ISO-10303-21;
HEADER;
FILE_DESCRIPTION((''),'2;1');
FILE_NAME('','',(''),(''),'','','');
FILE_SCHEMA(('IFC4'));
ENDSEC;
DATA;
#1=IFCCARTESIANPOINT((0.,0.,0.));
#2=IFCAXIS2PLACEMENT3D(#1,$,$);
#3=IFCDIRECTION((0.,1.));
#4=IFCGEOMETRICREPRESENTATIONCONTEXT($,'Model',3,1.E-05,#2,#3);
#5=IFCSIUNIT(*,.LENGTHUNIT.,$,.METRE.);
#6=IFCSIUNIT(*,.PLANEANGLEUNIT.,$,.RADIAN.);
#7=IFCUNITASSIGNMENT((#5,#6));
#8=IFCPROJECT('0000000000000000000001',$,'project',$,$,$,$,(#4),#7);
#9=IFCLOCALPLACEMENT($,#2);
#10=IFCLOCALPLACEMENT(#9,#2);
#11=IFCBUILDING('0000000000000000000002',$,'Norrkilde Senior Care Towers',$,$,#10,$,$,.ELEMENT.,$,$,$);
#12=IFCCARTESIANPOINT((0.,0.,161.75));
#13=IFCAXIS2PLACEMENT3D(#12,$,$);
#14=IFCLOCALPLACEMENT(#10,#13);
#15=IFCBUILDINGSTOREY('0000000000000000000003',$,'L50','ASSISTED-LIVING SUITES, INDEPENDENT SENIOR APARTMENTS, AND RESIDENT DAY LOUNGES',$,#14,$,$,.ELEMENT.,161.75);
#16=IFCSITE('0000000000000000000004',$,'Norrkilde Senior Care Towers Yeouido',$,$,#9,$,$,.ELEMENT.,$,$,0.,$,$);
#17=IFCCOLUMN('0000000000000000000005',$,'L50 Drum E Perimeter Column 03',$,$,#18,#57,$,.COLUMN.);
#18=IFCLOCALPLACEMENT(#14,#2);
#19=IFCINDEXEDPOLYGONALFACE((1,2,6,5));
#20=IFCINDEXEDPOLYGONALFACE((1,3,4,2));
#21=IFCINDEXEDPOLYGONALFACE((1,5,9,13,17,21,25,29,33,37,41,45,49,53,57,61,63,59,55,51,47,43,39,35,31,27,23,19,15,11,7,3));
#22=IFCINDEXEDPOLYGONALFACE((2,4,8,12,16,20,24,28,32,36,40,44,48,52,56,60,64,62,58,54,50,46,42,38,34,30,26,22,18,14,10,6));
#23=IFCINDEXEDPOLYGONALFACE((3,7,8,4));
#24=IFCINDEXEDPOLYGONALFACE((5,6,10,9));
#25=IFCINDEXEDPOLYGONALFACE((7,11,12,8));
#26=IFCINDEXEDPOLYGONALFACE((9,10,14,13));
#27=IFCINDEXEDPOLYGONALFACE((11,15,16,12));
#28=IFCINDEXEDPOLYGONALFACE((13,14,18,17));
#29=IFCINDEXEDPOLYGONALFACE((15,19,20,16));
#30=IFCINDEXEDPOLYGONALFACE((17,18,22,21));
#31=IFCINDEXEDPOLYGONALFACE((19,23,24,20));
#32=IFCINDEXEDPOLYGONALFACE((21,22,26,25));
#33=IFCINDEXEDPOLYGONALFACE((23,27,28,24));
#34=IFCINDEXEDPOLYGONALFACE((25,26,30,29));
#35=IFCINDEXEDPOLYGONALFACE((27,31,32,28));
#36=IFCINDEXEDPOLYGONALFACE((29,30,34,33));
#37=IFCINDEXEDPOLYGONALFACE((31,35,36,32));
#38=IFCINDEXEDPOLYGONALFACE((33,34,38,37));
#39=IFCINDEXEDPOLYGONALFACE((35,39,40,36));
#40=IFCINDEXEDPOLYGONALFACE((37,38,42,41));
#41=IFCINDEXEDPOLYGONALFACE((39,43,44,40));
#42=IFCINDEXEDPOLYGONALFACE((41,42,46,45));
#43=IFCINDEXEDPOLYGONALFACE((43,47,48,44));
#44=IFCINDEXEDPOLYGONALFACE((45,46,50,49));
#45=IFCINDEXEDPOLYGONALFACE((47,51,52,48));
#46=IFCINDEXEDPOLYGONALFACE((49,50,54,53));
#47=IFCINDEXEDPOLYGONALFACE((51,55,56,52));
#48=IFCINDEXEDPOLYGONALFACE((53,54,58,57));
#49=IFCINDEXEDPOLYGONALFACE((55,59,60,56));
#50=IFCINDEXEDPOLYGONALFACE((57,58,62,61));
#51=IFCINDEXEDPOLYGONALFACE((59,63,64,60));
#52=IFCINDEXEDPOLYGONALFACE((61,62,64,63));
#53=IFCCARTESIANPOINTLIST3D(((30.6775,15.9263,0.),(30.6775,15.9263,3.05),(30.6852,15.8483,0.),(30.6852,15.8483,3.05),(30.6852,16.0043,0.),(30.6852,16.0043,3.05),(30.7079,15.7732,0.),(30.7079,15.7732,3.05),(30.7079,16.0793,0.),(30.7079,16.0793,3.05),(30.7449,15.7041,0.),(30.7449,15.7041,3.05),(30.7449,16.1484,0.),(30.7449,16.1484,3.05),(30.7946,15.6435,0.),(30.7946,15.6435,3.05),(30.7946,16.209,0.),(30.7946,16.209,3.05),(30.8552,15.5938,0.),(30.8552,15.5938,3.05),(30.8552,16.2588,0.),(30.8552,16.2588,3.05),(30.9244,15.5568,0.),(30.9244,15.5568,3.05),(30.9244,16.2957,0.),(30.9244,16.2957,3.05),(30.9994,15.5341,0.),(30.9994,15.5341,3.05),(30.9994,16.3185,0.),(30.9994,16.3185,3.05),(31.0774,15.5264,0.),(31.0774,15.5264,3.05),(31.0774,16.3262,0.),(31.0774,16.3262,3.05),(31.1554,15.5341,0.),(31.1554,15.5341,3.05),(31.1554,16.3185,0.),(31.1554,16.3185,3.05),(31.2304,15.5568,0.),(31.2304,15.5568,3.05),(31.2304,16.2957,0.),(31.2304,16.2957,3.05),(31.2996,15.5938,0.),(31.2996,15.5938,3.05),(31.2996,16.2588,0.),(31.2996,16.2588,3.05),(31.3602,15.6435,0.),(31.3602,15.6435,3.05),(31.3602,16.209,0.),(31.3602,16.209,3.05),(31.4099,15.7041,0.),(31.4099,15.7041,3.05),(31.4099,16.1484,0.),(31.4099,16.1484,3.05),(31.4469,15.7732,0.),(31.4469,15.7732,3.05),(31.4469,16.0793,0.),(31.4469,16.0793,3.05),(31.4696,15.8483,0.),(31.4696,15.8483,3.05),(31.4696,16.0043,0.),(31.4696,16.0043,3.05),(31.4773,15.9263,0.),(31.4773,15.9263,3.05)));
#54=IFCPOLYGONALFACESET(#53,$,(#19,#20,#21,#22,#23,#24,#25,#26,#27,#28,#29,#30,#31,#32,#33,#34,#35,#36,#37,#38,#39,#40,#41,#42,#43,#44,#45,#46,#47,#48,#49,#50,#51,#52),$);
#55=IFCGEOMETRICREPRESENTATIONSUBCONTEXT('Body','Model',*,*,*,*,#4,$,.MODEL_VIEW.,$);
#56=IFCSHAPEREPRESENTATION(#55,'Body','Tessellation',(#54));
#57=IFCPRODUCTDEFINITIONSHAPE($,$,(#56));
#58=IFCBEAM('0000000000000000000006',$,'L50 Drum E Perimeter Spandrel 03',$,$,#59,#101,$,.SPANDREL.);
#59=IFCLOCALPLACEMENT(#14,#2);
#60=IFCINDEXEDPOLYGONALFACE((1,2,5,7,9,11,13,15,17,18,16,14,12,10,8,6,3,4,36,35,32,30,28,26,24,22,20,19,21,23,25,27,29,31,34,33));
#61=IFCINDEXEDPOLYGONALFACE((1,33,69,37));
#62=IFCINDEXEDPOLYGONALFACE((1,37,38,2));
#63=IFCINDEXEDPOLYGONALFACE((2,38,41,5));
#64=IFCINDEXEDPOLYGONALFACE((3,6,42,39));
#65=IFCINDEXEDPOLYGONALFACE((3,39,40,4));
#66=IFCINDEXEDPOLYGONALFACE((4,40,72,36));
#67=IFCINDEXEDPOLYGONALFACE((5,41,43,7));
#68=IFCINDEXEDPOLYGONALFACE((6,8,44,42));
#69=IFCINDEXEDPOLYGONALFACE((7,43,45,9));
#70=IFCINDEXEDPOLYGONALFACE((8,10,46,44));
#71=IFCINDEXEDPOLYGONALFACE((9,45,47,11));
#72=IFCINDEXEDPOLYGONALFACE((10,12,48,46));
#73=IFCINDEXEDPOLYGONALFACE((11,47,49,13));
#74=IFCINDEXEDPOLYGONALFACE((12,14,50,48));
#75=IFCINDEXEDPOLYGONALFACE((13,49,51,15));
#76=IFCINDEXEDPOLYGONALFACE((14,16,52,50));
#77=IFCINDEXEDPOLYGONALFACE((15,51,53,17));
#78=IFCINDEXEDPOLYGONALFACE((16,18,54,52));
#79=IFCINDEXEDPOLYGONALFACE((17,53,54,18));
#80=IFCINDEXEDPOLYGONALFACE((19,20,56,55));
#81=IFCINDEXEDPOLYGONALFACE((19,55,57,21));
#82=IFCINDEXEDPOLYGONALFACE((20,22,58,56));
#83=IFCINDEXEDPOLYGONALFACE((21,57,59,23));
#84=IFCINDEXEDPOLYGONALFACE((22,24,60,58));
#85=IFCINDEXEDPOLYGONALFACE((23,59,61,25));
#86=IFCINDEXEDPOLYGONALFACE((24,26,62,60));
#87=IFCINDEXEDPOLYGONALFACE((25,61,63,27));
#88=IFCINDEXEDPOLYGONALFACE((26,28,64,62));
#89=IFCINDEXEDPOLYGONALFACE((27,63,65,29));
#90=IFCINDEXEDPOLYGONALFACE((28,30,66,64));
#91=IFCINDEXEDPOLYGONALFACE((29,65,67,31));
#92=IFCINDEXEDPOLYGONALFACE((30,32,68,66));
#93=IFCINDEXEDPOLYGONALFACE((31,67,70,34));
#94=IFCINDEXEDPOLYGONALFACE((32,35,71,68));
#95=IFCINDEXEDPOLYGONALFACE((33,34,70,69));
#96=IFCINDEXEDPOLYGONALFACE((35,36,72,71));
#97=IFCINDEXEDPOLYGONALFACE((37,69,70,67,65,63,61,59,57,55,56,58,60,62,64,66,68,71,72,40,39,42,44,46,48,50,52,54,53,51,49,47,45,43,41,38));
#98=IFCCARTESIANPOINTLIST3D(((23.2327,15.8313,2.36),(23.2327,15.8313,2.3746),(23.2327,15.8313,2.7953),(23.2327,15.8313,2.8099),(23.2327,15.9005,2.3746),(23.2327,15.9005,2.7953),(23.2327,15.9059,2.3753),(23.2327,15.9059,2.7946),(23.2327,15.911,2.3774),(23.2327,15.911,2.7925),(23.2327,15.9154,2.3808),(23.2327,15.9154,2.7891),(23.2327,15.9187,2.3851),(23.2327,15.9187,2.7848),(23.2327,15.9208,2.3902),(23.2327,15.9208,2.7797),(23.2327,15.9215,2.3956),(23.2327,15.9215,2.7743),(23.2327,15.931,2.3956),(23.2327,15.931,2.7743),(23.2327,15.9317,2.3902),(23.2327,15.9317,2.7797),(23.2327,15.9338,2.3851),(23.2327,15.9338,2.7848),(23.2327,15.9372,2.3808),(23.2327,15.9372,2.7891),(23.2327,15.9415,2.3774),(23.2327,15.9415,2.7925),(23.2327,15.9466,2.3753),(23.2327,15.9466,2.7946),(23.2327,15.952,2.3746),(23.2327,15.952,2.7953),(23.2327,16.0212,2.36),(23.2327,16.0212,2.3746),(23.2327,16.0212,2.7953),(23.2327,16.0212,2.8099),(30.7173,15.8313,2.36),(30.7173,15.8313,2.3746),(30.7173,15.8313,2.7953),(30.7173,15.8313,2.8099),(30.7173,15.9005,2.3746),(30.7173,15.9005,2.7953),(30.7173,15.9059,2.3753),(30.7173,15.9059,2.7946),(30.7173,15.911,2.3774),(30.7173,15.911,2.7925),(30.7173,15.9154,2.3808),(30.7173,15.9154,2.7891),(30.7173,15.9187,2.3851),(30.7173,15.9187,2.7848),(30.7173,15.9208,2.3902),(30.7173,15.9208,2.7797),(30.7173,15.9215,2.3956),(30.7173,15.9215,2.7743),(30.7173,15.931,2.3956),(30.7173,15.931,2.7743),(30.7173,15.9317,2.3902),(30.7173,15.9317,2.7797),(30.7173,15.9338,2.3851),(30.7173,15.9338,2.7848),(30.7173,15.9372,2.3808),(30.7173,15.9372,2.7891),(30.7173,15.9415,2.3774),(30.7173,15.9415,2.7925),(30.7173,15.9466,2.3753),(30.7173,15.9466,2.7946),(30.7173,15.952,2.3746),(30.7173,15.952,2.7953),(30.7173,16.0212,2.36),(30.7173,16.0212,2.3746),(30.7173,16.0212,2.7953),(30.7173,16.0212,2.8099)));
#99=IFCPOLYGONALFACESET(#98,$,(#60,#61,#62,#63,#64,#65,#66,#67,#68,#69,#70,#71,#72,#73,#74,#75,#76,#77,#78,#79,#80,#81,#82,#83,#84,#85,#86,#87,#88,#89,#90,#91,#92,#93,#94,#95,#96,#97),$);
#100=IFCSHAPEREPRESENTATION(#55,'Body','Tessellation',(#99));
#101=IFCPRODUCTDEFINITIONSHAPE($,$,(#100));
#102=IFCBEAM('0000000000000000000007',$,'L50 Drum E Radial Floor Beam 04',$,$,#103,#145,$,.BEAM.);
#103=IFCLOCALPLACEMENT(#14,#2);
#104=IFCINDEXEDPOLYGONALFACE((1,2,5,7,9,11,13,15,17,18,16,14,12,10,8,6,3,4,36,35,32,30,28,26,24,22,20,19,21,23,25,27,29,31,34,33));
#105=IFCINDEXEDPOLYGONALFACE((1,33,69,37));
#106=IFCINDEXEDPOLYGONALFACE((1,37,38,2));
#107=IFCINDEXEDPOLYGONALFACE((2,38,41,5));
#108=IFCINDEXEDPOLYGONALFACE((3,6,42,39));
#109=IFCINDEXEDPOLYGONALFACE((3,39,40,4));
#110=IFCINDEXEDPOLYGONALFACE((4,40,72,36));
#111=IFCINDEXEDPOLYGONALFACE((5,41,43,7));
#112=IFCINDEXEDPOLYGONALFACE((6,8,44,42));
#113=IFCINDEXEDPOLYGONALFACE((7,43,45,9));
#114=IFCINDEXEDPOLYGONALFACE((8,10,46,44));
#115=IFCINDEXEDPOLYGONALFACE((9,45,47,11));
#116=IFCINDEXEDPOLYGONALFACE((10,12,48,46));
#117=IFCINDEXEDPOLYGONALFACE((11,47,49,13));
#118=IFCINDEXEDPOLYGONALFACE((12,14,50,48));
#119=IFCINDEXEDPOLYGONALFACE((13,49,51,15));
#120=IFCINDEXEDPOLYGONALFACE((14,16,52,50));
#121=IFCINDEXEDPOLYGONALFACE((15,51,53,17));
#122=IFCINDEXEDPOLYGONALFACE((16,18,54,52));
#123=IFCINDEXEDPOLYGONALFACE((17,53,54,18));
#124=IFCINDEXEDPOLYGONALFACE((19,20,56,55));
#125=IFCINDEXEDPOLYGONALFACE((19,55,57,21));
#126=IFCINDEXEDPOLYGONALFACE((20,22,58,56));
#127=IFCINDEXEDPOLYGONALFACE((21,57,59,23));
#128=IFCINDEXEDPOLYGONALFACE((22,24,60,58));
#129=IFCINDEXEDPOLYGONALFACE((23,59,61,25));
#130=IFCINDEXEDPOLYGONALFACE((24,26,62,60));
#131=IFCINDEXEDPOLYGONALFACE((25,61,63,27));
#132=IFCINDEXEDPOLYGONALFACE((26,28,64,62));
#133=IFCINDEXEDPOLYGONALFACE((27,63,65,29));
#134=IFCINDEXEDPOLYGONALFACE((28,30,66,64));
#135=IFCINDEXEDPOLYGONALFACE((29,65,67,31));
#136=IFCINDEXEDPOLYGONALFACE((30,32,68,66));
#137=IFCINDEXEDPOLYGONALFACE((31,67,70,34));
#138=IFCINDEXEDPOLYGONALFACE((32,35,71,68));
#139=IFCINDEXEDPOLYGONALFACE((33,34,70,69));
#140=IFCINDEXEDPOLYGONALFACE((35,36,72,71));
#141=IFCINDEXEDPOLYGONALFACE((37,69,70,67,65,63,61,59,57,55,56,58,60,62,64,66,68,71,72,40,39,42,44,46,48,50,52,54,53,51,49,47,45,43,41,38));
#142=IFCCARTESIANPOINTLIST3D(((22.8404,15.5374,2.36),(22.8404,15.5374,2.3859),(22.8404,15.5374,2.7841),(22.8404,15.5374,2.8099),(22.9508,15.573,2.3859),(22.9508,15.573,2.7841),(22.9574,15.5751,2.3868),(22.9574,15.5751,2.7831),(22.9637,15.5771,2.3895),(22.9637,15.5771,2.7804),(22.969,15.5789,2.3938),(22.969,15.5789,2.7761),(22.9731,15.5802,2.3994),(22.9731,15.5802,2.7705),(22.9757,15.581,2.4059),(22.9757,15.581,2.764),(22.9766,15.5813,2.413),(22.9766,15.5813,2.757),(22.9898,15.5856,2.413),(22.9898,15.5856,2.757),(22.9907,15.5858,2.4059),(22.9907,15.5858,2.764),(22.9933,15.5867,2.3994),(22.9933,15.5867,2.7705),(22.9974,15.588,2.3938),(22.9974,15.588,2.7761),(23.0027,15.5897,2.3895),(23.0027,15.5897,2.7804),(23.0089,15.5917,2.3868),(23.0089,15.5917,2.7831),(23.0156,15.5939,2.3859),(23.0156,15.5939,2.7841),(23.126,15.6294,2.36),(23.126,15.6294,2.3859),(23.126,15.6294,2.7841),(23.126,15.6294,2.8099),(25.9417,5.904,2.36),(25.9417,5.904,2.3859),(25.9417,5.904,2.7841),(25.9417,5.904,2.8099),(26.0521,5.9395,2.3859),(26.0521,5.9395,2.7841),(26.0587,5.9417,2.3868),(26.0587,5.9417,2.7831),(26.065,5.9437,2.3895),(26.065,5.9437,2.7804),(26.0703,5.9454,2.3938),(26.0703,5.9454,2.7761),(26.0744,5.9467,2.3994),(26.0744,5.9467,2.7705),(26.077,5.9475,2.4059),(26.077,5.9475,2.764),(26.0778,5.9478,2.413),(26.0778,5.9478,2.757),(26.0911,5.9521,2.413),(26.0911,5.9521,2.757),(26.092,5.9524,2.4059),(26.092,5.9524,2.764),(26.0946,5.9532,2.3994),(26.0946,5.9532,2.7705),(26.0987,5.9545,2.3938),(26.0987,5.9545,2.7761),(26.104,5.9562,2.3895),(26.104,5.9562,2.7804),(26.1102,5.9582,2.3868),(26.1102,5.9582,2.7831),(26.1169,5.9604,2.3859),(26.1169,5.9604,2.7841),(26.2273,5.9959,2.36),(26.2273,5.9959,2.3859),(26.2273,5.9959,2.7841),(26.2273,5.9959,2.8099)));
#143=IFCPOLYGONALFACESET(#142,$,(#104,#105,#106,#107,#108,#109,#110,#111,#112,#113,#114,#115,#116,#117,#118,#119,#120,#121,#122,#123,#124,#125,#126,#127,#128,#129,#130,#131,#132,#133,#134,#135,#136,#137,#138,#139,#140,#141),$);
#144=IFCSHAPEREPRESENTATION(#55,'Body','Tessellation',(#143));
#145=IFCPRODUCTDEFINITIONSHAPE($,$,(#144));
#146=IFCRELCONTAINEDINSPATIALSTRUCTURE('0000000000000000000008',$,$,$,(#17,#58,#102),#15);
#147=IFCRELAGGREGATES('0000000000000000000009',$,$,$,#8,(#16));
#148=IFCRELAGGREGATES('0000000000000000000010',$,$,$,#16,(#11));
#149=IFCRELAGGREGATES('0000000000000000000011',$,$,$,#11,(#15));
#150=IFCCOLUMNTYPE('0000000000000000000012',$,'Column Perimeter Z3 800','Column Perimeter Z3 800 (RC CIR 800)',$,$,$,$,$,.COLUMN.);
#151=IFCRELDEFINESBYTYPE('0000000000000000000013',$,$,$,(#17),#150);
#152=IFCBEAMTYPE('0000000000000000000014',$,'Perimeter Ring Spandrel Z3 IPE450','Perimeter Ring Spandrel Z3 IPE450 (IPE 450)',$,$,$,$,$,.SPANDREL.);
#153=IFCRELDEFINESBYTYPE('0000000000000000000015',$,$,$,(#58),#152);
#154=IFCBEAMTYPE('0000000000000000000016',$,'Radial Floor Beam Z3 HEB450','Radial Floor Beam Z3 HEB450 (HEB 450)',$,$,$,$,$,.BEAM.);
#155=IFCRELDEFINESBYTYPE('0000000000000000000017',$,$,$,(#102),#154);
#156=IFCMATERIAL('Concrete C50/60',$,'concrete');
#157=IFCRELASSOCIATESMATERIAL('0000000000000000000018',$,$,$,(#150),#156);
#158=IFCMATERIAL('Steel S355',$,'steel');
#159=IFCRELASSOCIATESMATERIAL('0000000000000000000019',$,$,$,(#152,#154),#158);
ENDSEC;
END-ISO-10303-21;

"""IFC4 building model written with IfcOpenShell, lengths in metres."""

from ifc_helpers import new_model, si_unit, direction, frame, origin, origin_2d, place, context, subcontext, project, spatial, circle, i_section, extrude, source, transform, mapped, material, material_profile, profile_set, type_object, type_shapes, element, save


model = new_model("IFC4")

# Units and contexts
model_context = context("Model", 3, precision=1e-05, world=origin(), true_north=direction((0.0, 1.0)))
body_context = subcontext(model_context, "Body", "Model", "MODEL_VIEW")
ifc_project = project(units=[si_unit("LENGTHUNIT", "METRE"), si_unit("PLANEANGLEUNIT", "RADIAN")], contexts=[model_context])

# Site, building, storey
site_placement = place(None, origin())
site = spatial("IfcSite", under=ifc_project, at=site_placement, Name="Norrkilde Senior Care Towers Yeouido", CompositionType="ELEMENT", RefElevation=0.0)
building_placement = place(site_placement, origin())
building = spatial("IfcBuilding", under=site, at=building_placement, Name="Norrkilde Senior Care Towers", CompositionType="ELEMENT")
storey_placement = place(building_placement, frame((0.0, 0.0, 161.75)))
storey = spatial("IfcBuildingStorey", under=building, at=storey_placement, Name="L50", Description="ASSISTED-LIVING SUITES, INDEPENDENT SENIOR APARTMENTS, AND RESIDENT DAY LOUNGES", CompositionType="ELEMENT", Elevation=161.75)

# Column
ifc_material_1 = material(Name="Concrete C50/60", Category="concrete")
ifc_material_profile_1 = material_profile(ifc_material_1, circle(Radius=0.3999, at=origin_2d()), Name="RC CIR 800")
ifc_profile_set_1 = profile_set([ifc_material_profile_1], Name="Concrete C50/60")
column_type = type_object("IfcColumnType", Name="Column Perimeter Z3 800", Description="Column Perimeter Z3 800 (RC CIR 800)", PredefinedType="COLUMN", material=ifc_profile_set_1)
shared_shape_1 = source(origin(), body_context, "Body", "SweptSolid", [
    extrude(circle(Radius=0.3999, at=origin_2d()), origin(), (0.0, 0.0, 1.0), 3.05),
])
type_shapes(column_type, [shared_shape_1])
column_placement = place(storey_placement, frame((31.0774, 15.9263, 0.0), z_axis=(0.0, 0.0, 1.0), x_axis=(1.0, 0.0, 0.0)))
element("IfcColumn", 1, at=column_placement, inside=storey, type_object=column_type, Name="L50 Drum E Perimeter Column 03", PredefinedType="COLUMN", context=body_context, shape_type="MappedRepresentation", body=[
    mapped(shared_shape_1, transform((0.0, 0.0, 0.0), x_axis=(1.0, 0.0, 0.0), y_axis=(0.0, 1.0, 0.0), z_axis=(0.0, 0.0, 1.0), scale=1.0)),
])

# Beams
ifc_material_2 = material(Name="Steel S355", Category="steel")
ifc_material_profile_2 = material_profile(ifc_material_2, i_section(OverallWidth=0.1899, OverallDepth=0.45, WebThickness=0.0095, FlangeThickness=0.0146, FilletRadius=0.021, at=origin_2d()), Name="IPE 450")
ifc_profile_set_2 = profile_set([ifc_material_profile_2], Name="Steel S355")
beam_type_1 = type_object("IfcBeamType", Name="Perimeter Ring Spandrel Z3 IPE450", Description="Perimeter Ring Spandrel Z3 IPE450 (IPE 450)", PredefinedType="SPANDREL", material=ifc_profile_set_2)
shared_shape_2 = source(origin(), body_context, "Body", "SweptSolid", [
    extrude(i_section(OverallWidth=0.1899, OverallDepth=0.45, WebThickness=0.0095, FlangeThickness=0.0146, FilletRadius=0.021, at=origin_2d()), origin(), (0.0, 0.0, 1.0), 7.4846),
])
type_shapes(beam_type_1, [shared_shape_2])
beam_1_placement = place(storey_placement, frame((30.7173, 15.9263, 2.585), z_axis=(-1.0, 0.0, 0.0), x_axis=(0.0, -1.0, 0.0)))
element("IfcBeam", 2, at=beam_1_placement, inside=storey, type_object=beam_type_1, Name="L50 Drum E Perimeter Spandrel 03", PredefinedType="SPANDREL", context=body_context, shape_type="MappedRepresentation", body=[
    mapped(shared_shape_2, transform((0.0, 0.0, 0.0), x_axis=(1.0, 0.0, 0.0), y_axis=(0.0, 1.0, 0.0), z_axis=(0.0, 0.0, 1.0), scale=1.0)),
])
ifc_material_profile_3 = material_profile(ifc_material_2, i_section(OverallWidth=0.3, OverallDepth=0.45, WebThickness=0.0139, FlangeThickness=0.0259, FilletRadius=0.0271, at=origin_2d()), Name="HEB 450")
ifc_profile_set_3 = profile_set([ifc_material_profile_3], Name="Steel S355")
beam_type_2 = type_object("IfcBeamType", Name="Radial Floor Beam Z3 HEB450", Description="Radial Floor Beam Z3 HEB450 (HEB 450)", PredefinedType="BEAM", material=ifc_profile_set_3)
shared_shape_3 = source(origin(), body_context, "Body", "SweptSolid", [
    extrude(i_section(OverallWidth=0.3, OverallDepth=0.45, WebThickness=0.0139, FlangeThickness=0.0259, FilletRadius=0.0271, at=origin_2d()), origin(), (0.0, 0.0, 1.0), 10.1204),
])
beam_2_placement = place(storey_placement, frame((26.0845, 5.95, 2.585), z_axis=(-0.306441, 0.95189, 0.0), x_axis=(-0.95189, -0.306441, 0.0)))
element("IfcBeam", 3, at=beam_2_placement, inside=storey, type_object=beam_type_2, Name="L50 Drum E Radial Floor Beam 04", PredefinedType="BEAM", context=body_context, shape_type="MappedRepresentation", body=[
    mapped(shared_shape_3, transform((0.0, 0.0, 0.0), x_axis=(1.0, 0.0, 0.0), y_axis=(0.0, 1.0, 0.0), z_axis=(0.0, 0.0, 1.0), scale=1.0)),
])

save(model, "model.ifc")
